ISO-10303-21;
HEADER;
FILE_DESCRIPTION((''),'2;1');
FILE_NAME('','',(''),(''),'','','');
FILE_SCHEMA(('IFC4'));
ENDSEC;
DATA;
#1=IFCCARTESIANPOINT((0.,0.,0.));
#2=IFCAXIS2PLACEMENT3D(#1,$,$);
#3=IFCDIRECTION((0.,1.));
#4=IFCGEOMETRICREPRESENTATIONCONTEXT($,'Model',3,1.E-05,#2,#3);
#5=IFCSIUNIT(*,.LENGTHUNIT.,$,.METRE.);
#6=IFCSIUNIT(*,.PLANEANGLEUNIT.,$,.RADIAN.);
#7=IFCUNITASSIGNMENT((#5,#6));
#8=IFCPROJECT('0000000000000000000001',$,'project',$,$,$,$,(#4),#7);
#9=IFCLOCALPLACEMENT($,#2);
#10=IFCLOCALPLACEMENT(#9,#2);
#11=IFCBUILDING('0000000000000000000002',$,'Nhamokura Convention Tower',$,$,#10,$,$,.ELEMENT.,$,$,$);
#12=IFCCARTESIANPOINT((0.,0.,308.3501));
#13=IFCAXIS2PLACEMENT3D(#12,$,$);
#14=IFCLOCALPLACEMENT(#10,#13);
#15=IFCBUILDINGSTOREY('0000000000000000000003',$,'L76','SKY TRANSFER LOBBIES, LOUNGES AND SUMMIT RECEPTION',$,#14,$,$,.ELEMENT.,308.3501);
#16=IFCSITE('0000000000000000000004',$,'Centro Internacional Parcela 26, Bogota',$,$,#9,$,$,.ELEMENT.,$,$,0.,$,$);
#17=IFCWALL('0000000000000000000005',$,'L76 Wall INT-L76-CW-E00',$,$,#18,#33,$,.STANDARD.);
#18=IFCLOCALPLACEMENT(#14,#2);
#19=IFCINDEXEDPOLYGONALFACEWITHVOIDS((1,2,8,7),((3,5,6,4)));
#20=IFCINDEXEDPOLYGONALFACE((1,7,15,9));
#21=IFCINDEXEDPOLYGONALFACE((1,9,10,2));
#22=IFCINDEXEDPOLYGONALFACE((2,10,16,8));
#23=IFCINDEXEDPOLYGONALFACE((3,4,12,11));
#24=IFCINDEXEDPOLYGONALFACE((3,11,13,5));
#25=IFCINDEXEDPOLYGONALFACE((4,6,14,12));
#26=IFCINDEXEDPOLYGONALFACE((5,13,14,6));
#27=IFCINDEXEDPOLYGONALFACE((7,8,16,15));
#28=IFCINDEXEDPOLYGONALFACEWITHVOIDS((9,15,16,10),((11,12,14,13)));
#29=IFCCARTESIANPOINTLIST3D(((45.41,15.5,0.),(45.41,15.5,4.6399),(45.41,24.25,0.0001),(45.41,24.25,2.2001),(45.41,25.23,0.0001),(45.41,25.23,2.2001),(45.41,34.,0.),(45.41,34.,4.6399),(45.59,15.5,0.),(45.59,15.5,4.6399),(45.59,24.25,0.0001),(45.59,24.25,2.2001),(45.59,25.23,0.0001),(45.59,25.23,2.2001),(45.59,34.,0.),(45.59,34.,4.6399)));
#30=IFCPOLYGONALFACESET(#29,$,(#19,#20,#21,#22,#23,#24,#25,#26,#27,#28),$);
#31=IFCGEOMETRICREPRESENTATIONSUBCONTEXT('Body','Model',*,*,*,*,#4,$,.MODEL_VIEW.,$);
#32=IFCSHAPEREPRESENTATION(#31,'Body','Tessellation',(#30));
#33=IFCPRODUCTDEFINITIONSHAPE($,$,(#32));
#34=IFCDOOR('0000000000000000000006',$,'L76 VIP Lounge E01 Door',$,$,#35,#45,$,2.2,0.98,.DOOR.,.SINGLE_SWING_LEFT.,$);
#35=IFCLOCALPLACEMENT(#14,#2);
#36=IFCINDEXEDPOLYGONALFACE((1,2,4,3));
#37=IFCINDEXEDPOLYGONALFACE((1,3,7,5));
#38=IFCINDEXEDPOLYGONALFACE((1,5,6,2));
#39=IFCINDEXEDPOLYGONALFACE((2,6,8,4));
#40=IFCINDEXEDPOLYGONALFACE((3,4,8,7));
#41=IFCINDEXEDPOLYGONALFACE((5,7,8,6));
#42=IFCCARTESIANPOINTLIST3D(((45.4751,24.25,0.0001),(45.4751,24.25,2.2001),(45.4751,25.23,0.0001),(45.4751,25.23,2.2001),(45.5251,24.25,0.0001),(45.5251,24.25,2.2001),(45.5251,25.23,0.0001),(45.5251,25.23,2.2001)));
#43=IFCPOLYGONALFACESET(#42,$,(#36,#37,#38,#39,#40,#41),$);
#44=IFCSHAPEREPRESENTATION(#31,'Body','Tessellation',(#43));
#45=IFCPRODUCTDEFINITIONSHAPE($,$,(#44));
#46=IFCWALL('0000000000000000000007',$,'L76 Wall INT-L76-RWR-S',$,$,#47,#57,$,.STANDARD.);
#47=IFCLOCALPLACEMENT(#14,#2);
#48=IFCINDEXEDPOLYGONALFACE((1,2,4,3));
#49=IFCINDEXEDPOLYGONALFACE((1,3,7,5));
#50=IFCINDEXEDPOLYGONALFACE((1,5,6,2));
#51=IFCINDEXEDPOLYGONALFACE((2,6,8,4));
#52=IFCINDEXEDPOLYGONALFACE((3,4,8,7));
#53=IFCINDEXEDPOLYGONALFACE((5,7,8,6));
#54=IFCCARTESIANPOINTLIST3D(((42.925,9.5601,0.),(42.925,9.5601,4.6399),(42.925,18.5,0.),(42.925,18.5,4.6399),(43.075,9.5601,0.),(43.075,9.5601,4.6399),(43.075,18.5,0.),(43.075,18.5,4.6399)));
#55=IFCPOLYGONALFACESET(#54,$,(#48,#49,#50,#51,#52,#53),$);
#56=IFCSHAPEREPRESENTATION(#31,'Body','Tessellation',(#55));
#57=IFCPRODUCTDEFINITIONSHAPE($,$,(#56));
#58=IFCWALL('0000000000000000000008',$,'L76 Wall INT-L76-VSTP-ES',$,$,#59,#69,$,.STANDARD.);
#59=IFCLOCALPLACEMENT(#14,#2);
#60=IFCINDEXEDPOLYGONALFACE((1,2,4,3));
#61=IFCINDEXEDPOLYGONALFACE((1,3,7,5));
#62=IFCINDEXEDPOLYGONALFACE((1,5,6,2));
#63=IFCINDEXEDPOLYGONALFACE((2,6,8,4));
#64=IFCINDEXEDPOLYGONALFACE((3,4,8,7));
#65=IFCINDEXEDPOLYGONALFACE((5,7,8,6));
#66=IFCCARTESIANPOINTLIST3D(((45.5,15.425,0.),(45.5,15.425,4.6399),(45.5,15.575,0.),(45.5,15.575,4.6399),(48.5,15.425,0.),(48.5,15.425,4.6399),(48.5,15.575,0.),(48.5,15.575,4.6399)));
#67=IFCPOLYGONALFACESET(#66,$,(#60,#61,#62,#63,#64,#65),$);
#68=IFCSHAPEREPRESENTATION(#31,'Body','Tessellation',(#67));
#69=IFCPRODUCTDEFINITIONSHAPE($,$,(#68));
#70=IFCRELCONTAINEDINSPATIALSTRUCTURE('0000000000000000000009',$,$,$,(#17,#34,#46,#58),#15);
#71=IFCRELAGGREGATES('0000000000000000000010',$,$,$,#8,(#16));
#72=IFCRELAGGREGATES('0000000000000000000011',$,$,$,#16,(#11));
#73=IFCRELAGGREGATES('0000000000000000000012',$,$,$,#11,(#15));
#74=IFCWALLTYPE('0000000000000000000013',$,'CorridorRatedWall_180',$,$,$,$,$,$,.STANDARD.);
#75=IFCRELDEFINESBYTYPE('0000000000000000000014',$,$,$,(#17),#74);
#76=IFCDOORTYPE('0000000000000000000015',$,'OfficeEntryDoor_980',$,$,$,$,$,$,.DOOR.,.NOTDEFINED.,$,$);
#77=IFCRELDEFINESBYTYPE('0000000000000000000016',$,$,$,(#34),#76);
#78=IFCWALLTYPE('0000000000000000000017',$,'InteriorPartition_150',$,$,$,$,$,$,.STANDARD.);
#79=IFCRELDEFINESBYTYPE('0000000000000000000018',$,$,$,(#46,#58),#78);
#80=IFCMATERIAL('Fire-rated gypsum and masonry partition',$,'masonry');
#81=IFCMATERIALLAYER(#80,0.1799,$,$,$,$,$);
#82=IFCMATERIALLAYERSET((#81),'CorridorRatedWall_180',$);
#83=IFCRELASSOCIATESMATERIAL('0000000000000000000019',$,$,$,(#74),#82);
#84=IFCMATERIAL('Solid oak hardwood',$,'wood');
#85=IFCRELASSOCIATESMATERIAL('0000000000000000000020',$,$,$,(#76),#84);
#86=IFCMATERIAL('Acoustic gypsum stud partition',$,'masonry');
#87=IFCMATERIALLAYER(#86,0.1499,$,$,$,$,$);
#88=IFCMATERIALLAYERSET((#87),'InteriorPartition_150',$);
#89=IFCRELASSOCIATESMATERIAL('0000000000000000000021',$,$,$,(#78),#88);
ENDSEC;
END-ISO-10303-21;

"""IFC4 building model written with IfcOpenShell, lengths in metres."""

from ifc_helpers import new_model, si_unit, direction, frame, frame_2d, origin, place, context, subcontext, project, spatial, rectangle, extrude, material, layer, layer_set, type_object, element, fill, save


model = new_model("IFC4")

# Units and contexts
model_context = context("Model", 3, precision=1e-05, world=origin(), true_north=direction((0.0, 1.0)))
body_context = subcontext(model_context, "Body", "Model", "MODEL_VIEW")
ifc_project = project(units=[si_unit("LENGTHUNIT", "METRE"), si_unit("PLANEANGLEUNIT", "RADIAN")], contexts=[model_context])

# Site, building, storey
site_placement = place(None, origin())
site = spatial("IfcSite", under=ifc_project, at=site_placement, Name="Centro Internacional Parcela 26, Bogota", CompositionType="ELEMENT", RefElevation=0.0)
building_placement = place(site_placement, origin())
building = spatial("IfcBuilding", under=site, at=building_placement, Name="Nhamokura Convention Tower", CompositionType="ELEMENT")
storey_placement = place(building_placement, frame((0.0, 0.0, 308.3501)))
storey = spatial("IfcBuildingStorey", under=building, at=storey_placement, Name="L76", Description="SKY TRANSFER LOBBIES, LOUNGES AND SUMMIT RECEPTION", CompositionType="ELEMENT", Elevation=308.3501)

# Wall, opening, door
ifc_material_1 = material(Name="Fire-rated gypsum and masonry partition", Category="masonry")
ifc_layer_1 = layer(ifc_material_1, 0.1799)
ifc_layer_set_1 = layer_set([ifc_layer_1], Name="CorridorRatedWall_180")
wall_type_1 = type_object("IfcWallType", Name="CorridorRatedWall_180", PredefinedType="STANDARD", material=ifc_layer_set_1)
wall_1_placement = place(storey_placement, frame((45.5, 15.5, 0.0), z_axis=(0.0, 0.0, 1.0), x_axis=(0.0, 1.0, 0.0)))
wall_1 = element("IfcWall", 1, at=wall_1_placement, inside=storey, type_object=wall_type_1, Name="L76 Wall INT-L76-CW-E00", PredefinedType="STANDARD", context=body_context, shape_type="SweptSolid", body=[
    extrude(rectangle(XDim=18.5, YDim=0.1799, at=frame_2d((9.25, 0.0))), origin(), (0.0, 0.0, 1.0), 4.6399),
])
opening_1_placement = place(wall_1_placement, frame((8.75, 0.0, 0.0)))
opening_1 = element("IfcOpeningElement", 2, at=opening_1_placement, cuts=wall_1, PredefinedType="OPENING", context=body_context, shape_type="SweptSolid", body=[
    extrude(rectangle(XDim=0.98, YDim=2.2, at=frame_2d((0.49, 1.1001))), frame((0.0, 0.0999, 0.0), z_axis=(0.0, -1.0, 0.0), x_axis=(1.0, 0.0, 0.0)), (0.0, 0.0, 1.0), 0.2),
])
ifc_material_2 = material(Name="Solid oak hardwood", Category="wood")
door_type_1 = type_object("IfcDoorType", Name="OfficeEntryDoor_980", OperationType="NOTDEFINED", PredefinedType="DOOR", material=ifc_material_2)
door_1_placement = place(opening_1_placement, origin())
door_1 = element("IfcDoor", 3, at=door_1_placement, inside=storey, type_object=door_type_1, Name="L76 VIP Lounge E01 Door", OperationType="SINGLE_SWING_LEFT", OverallHeight=2.2, OverallWidth=0.98, PredefinedType="DOOR", context=body_context, shape_type="SweptSolid", body=[
    extrude(rectangle(XDim=0.98, YDim=2.2, at=frame_2d((0.49, 1.1001))), frame((0.0, 0.0249, 0.0), z_axis=(0.0, -1.0, 0.0), x_axis=(1.0, 0.0, 0.0)), (0.0, 0.0, 1.0), 0.05),
])
fill(opening_1, door_1)

# Walls
ifc_material_3 = material(Name="Acoustic gypsum stud partition", Category="masonry")
ifc_layer_2 = layer(ifc_material_3, 0.1499)
ifc_layer_set_2 = layer_set([ifc_layer_2], Name="InteriorPartition_150")
wall_type_2 = type_object("IfcWallType", Name="InteriorPartition_150", PredefinedType="STANDARD", material=ifc_layer_set_2)
wall_2_placement = place(storey_placement, frame((43.0, 9.5601, 0.0), z_axis=(0.0, 0.0, 1.0), x_axis=(0.0, 1.0, 0.0)))
element("IfcWall", 4, at=wall_2_placement, inside=storey, type_object=wall_type_2, Name="L76 Wall INT-L76-RWR-S", PredefinedType="STANDARD", context=body_context, shape_type="SweptSolid", body=[
    extrude(rectangle(XDim=8.9399, YDim=0.1499, at=frame_2d((4.47, 0.0))), origin(), (0.0, 0.0, 1.0), 4.6399),
])
wall_3_placement = place(storey_placement, frame((45.5, 15.5, 0.0), z_axis=(0.0, 0.0, 1.0), x_axis=(1.0, 0.0, 0.0)))
element("IfcWall", 5, at=wall_3_placement, inside=storey, type_object=wall_type_2, Name="L76 Wall INT-L76-VSTP-ES", PredefinedType="STANDARD", context=body_context, shape_type="SweptSolid", body=[
    extrude(rectangle(XDim=3.0, YDim=0.1499, at=frame_2d((1.5, 0.0))), origin(), (0.0, 0.0, 1.0), 4.6399),
])

save(model, "model.ifc")
